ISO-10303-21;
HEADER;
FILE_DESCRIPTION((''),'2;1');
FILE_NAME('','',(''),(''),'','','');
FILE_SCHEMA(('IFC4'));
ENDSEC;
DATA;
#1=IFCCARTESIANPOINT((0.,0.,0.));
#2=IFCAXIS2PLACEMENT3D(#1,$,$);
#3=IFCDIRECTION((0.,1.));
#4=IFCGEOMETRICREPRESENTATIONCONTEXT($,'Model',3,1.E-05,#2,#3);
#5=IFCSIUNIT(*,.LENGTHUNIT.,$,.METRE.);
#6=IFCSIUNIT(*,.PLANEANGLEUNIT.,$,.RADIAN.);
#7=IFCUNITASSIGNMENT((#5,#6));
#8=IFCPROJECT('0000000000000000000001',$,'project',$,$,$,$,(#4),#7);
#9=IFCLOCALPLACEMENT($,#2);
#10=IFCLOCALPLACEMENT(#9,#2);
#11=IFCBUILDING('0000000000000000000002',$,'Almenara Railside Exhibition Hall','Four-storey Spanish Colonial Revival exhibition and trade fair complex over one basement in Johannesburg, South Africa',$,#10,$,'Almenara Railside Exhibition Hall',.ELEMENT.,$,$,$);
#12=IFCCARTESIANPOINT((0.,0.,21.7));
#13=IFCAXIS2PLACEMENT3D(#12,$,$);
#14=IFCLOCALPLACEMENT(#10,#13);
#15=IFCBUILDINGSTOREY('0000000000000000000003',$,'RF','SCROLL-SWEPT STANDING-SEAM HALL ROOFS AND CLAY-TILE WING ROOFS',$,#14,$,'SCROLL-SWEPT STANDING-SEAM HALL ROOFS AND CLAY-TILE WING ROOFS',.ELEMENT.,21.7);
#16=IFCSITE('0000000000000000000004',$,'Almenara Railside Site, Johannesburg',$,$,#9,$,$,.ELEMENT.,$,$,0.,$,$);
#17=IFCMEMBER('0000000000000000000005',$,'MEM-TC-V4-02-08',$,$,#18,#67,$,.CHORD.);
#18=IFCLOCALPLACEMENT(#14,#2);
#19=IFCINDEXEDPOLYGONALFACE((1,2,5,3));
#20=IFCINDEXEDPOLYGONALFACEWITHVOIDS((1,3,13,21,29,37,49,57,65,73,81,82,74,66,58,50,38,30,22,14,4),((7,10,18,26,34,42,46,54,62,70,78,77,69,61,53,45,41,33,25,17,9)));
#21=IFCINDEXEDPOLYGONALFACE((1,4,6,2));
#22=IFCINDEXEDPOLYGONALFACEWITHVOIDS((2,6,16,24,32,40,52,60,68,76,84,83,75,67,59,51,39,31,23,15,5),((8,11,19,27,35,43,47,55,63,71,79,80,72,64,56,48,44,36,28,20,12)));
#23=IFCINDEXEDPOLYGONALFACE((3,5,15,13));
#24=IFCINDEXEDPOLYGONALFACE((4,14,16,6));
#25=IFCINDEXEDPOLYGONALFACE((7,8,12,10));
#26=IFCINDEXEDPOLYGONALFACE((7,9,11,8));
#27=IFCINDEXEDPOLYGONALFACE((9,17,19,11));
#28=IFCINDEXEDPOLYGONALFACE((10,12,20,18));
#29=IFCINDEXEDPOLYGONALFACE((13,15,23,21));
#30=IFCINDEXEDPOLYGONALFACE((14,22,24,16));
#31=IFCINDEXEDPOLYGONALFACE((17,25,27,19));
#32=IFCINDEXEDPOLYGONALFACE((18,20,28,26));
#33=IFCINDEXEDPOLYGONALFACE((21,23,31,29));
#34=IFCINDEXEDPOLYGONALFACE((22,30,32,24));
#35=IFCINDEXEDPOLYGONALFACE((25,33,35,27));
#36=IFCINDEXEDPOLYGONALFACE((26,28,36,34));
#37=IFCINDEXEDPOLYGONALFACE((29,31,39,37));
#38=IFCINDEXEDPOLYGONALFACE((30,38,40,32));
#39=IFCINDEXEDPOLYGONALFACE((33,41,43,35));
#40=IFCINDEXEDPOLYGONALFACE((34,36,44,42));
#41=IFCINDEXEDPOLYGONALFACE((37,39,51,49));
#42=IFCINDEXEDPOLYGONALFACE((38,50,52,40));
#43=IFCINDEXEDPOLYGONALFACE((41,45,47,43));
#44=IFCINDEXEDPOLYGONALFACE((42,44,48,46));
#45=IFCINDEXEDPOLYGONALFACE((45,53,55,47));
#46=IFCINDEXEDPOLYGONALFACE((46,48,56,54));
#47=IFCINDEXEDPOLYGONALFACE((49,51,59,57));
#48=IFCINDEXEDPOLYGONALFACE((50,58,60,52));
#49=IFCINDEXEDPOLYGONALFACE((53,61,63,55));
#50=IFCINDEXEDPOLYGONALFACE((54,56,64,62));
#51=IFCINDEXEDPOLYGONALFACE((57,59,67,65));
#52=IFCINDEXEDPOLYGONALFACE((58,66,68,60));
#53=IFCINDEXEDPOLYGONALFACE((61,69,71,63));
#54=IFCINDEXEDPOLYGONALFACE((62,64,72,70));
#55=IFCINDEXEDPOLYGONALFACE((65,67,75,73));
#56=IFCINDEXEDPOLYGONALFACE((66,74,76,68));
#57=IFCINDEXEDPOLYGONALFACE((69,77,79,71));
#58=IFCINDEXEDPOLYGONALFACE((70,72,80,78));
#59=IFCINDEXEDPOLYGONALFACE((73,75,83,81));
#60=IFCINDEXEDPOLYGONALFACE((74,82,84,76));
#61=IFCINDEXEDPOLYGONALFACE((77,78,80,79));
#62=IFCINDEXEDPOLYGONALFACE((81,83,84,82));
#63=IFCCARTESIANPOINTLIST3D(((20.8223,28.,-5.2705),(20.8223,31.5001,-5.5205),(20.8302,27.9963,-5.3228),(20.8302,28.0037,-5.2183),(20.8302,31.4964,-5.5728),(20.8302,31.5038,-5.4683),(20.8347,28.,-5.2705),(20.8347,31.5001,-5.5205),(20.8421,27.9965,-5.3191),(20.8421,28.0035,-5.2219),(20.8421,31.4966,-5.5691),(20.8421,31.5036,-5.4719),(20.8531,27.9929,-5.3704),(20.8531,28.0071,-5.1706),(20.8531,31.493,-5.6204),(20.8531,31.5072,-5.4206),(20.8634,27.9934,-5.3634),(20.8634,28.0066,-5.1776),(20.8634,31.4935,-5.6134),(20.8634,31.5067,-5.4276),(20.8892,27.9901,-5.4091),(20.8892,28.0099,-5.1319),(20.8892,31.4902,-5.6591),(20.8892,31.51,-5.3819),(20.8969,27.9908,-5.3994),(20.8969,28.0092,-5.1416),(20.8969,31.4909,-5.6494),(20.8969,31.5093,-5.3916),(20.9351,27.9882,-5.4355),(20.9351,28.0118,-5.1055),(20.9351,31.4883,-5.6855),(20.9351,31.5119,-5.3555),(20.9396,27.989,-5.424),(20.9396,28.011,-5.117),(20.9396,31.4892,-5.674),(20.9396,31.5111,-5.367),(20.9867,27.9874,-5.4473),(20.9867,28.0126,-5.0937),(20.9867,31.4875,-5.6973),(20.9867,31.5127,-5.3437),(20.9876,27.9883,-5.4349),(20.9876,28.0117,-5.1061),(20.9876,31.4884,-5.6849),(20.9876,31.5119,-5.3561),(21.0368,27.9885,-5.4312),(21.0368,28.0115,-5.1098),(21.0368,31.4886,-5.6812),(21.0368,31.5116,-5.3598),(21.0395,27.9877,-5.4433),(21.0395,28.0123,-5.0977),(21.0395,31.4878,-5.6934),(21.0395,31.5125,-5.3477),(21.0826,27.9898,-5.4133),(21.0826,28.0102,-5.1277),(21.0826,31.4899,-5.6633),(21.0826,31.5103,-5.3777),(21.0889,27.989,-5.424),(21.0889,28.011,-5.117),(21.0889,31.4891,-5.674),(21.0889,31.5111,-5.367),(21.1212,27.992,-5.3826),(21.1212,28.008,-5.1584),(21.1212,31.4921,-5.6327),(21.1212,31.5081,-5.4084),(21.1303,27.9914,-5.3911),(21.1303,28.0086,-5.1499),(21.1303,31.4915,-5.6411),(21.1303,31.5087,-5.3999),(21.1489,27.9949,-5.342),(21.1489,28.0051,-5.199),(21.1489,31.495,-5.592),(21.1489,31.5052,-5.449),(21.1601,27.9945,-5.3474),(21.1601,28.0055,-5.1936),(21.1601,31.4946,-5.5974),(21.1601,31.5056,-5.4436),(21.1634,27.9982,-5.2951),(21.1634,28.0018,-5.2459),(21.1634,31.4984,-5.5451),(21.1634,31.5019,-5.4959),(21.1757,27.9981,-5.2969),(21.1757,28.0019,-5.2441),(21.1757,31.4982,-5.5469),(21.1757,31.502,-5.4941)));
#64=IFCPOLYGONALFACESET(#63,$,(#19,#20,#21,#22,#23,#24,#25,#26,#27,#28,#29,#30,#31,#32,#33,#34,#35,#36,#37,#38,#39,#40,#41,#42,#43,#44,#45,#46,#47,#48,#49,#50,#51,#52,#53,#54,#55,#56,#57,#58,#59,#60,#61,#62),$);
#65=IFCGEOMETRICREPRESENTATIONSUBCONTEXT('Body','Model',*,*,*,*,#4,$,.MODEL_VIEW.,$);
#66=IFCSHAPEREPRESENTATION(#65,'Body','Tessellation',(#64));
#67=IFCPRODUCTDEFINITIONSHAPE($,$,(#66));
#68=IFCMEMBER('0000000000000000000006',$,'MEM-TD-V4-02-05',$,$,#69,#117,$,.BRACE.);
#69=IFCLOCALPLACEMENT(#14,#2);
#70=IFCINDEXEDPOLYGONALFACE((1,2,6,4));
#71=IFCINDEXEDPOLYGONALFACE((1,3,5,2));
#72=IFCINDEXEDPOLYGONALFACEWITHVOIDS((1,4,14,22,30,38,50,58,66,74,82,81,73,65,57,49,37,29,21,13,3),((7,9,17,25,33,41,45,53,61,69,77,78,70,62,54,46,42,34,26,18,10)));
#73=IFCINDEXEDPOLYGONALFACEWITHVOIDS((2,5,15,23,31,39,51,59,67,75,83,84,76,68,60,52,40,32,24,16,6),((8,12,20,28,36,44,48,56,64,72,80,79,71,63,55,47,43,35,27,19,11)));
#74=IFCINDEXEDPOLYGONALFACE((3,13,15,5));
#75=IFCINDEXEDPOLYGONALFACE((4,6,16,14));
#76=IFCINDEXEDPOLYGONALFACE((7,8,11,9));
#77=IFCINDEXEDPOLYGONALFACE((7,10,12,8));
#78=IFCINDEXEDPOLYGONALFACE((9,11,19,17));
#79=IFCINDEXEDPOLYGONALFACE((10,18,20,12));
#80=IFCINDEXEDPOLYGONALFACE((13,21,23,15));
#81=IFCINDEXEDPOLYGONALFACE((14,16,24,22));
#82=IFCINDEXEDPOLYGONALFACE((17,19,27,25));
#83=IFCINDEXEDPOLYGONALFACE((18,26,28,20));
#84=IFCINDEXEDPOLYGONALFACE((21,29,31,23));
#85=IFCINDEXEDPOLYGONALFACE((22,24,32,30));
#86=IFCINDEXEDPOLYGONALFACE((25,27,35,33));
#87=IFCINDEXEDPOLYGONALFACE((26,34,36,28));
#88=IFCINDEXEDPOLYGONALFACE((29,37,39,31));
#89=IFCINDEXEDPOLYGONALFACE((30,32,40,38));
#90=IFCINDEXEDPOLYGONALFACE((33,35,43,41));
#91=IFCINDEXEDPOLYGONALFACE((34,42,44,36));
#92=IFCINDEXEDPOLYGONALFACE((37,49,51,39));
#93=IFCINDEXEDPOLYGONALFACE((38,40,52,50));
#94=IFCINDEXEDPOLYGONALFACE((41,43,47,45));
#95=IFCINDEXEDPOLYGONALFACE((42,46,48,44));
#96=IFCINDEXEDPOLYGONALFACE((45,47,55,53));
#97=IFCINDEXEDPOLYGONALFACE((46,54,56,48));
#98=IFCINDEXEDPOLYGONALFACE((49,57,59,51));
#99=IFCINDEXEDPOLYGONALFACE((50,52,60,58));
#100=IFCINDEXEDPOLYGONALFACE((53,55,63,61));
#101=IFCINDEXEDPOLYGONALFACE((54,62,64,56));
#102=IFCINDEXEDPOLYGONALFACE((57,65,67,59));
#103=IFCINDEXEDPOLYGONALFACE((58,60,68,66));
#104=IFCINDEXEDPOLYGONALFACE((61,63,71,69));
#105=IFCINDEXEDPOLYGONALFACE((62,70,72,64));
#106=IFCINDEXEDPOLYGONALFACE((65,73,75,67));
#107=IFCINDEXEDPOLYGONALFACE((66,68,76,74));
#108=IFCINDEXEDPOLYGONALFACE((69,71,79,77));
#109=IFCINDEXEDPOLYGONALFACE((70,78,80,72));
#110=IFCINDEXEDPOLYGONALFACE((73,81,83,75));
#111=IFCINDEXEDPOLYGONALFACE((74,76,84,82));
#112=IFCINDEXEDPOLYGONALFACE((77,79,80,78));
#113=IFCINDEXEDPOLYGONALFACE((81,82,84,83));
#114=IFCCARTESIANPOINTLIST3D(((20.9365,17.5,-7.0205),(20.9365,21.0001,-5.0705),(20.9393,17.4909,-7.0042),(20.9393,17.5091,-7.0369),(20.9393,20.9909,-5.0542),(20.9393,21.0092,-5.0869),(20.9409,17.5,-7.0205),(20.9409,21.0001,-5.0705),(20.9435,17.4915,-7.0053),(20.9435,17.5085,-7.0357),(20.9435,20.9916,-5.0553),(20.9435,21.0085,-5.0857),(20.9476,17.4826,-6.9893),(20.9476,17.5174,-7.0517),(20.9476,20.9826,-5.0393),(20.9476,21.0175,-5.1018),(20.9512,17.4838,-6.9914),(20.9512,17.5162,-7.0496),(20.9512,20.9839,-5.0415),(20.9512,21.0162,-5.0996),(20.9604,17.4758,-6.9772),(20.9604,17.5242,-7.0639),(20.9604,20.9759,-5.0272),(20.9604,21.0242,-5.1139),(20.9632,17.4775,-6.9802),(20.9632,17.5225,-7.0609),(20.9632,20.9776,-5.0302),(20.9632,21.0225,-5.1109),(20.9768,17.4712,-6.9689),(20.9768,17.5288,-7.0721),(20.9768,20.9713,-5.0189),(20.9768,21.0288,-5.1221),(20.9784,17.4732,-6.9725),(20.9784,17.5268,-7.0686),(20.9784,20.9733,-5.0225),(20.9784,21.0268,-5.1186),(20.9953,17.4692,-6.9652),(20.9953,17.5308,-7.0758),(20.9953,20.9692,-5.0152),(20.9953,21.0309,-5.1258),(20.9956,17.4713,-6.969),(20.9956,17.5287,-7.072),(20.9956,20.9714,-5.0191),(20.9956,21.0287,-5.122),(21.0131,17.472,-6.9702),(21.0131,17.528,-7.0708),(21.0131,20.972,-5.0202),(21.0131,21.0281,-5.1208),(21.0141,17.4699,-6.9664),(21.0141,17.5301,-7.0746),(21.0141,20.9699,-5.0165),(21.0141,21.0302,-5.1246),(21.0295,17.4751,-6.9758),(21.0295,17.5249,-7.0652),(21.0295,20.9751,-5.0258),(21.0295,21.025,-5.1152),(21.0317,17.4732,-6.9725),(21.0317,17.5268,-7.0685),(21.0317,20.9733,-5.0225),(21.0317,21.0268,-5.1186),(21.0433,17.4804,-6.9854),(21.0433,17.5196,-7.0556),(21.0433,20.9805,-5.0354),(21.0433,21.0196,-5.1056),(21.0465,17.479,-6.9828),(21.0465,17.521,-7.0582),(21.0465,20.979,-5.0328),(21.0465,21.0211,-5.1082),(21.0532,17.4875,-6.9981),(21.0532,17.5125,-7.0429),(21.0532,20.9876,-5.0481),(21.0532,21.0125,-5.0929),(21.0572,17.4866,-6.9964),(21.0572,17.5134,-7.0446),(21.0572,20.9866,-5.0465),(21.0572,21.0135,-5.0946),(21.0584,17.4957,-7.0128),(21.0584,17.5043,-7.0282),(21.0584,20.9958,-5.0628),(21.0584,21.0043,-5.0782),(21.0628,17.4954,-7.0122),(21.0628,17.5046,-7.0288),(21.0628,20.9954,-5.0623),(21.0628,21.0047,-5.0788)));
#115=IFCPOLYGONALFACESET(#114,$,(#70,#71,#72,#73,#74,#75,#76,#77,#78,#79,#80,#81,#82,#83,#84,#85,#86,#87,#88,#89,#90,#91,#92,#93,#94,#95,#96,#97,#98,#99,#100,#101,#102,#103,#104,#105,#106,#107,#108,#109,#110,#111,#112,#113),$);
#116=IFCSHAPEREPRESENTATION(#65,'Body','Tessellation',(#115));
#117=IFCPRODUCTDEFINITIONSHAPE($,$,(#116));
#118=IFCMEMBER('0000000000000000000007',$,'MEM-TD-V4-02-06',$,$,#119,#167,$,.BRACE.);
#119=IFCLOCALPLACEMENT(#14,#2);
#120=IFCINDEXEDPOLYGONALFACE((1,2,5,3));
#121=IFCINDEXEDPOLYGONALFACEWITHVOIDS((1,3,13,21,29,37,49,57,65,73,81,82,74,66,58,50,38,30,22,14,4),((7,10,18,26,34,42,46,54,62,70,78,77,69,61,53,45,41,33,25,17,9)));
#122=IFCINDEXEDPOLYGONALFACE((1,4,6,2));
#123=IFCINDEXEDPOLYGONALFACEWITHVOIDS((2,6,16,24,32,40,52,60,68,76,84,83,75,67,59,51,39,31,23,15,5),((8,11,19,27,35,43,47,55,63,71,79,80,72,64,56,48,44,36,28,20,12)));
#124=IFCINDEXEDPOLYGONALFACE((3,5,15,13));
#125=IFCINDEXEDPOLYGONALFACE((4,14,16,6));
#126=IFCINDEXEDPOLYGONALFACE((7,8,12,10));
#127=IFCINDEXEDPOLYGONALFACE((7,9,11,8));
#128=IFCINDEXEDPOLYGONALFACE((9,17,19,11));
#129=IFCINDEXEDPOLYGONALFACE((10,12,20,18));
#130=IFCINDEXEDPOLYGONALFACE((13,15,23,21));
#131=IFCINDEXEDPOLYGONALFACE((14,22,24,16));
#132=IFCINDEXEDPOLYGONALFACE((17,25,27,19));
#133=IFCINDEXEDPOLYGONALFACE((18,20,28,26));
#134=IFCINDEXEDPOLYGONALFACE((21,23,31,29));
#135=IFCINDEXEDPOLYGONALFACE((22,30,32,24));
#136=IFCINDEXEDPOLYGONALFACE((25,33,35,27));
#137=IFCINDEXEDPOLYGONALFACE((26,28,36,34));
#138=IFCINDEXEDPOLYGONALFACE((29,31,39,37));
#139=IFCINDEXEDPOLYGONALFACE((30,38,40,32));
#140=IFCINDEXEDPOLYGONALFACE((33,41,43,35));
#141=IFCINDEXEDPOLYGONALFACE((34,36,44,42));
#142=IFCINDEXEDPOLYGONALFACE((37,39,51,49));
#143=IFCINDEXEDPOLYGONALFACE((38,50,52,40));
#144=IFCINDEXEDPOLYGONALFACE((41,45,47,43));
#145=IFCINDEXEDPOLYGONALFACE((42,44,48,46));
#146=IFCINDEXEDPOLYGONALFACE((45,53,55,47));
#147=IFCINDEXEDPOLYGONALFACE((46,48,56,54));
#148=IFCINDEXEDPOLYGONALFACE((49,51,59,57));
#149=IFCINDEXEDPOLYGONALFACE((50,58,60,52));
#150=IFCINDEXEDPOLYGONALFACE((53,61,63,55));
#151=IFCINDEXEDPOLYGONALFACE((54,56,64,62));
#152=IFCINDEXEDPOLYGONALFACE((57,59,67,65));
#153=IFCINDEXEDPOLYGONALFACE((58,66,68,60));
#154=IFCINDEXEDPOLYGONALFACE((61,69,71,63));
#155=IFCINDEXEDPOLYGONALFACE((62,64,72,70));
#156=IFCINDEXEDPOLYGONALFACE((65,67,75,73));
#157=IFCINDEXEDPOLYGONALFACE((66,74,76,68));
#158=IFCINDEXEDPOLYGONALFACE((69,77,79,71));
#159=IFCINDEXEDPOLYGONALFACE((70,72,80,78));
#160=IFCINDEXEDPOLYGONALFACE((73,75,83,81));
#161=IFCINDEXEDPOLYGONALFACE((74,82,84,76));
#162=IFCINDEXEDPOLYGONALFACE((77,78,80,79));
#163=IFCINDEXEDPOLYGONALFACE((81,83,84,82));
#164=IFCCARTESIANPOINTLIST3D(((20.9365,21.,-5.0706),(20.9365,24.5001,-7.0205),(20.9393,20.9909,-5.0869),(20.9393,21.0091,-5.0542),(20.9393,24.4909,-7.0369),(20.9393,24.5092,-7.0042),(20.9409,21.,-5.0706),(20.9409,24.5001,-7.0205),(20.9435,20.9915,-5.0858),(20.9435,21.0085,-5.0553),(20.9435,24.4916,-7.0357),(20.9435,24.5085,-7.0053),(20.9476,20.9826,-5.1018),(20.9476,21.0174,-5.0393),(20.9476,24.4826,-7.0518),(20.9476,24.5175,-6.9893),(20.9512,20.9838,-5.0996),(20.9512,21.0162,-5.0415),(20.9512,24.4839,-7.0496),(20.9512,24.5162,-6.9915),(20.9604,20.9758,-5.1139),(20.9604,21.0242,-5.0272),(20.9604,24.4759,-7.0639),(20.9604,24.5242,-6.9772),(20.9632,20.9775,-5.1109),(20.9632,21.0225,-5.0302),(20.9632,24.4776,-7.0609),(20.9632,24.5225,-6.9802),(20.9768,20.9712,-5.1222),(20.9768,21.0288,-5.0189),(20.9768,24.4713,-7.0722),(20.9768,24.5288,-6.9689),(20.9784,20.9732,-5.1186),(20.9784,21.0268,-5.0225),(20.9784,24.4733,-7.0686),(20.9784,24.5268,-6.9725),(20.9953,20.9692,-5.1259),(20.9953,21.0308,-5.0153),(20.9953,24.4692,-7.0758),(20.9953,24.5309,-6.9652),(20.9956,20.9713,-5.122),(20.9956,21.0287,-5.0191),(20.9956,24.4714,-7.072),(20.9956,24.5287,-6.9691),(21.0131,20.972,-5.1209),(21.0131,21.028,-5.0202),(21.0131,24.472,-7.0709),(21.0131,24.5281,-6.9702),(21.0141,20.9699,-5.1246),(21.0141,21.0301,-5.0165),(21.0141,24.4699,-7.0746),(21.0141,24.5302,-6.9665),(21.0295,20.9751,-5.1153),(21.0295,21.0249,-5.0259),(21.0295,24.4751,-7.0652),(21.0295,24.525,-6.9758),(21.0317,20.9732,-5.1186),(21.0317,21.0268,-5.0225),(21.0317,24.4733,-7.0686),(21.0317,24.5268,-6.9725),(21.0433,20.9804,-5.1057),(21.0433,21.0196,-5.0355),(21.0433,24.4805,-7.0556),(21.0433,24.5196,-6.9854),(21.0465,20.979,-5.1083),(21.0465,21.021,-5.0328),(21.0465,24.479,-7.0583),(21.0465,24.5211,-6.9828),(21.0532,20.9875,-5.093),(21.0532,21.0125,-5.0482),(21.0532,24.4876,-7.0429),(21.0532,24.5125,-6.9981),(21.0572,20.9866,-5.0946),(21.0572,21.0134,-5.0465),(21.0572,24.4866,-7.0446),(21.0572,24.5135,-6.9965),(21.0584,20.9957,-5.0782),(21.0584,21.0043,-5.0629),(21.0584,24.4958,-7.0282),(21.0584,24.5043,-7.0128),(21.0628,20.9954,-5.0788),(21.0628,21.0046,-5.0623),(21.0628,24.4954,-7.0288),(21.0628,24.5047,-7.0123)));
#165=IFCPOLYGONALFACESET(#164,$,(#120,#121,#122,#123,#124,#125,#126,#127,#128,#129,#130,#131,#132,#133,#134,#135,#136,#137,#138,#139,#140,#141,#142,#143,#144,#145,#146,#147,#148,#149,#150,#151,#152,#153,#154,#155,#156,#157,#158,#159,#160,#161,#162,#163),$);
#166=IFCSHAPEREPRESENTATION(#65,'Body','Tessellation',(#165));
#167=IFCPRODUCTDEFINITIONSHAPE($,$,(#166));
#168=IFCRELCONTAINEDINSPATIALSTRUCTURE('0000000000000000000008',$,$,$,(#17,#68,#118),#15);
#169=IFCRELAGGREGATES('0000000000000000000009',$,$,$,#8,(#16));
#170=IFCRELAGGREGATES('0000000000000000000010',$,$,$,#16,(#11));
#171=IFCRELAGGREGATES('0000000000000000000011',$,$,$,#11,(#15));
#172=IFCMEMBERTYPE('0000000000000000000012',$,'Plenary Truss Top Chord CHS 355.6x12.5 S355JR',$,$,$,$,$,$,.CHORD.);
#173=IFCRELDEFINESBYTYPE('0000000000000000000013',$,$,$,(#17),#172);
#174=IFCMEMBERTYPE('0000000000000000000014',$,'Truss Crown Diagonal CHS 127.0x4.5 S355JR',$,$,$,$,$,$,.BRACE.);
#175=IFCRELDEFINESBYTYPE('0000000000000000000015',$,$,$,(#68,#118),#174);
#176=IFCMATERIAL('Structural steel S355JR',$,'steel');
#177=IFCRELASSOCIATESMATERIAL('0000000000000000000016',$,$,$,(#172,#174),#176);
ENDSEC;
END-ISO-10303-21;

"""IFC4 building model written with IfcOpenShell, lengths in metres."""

from ifc_helpers import new_model, si_unit, direction, frame, origin, origin_2d, place, context, subcontext, project, spatial, hollow_circle, extrude, material, material_profile, profile_set, type_object, element, save


model = new_model("IFC4")

# Units and contexts
model_context = context("Model", 3, precision=1e-05, world=origin(), true_north=direction((0.0, 1.0)))
body_context = subcontext(model_context, "Body", "Model", "MODEL_VIEW")
ifc_project = project(units=[si_unit("LENGTHUNIT", "METRE"), si_unit("PLANEANGLEUNIT", "RADIAN")], contexts=[model_context])

# Site, building, storey
site_placement = place(None, origin())
site = spatial("IfcSite", under=ifc_project, at=site_placement, Name="Almenara Railside Site, Johannesburg", CompositionType="ELEMENT", RefElevation=0.0)
building_placement = place(site_placement, origin())
building = spatial("IfcBuilding", under=site, at=building_placement, Name="Almenara Railside Exhibition Hall", Description="Four-storey Spanish Colonial Revival exhibition and trade fair complex over one basement in Johannesburg, South Africa", LongName="Almenara Railside Exhibition Hall", CompositionType="ELEMENT")
storey_placement = place(building_placement, frame((0.0, 0.0, 21.7)))
storey = spatial("IfcBuildingStorey", under=building, at=storey_placement, Name="RF", Description="SCROLL-SWEPT STANDING-SEAM HALL ROOFS AND CLAY-TILE WING ROOFS", LongName="SCROLL-SWEPT STANDING-SEAM HALL ROOFS AND CLAY-TILE WING ROOFS", CompositionType="ELEMENT", Elevation=21.7)

# Members
ifc_material_1 = material(Name="Structural steel S355JR", Category="steel")
ifc_material_profile_1 = material_profile(ifc_material_1, hollow_circle(Radius=0.1777, WallThickness=0.0125, at=origin_2d()), Name="CHS 355.6x12.5")
ifc_profile_set_1 = profile_set([ifc_material_profile_1], Name="Structural steel S355JR")
member_type_1 = type_object("IfcMemberType", Name="Plenary Truss Top Chord CHS 355.6x12.5 S355JR", PredefinedType="CHORD", material=ifc_profile_set_1)
member_1_placement = place(storey_placement, frame((21.0, 28.0, -5.2705), z_axis=(0.0, 0.997459, -0.071247), x_axis=(-1.0, 0.0, 0.0)))
element("IfcMember", 1, at=member_1_placement, inside=storey, type_object=member_type_1, Name="MEM-TC-V4-02-08", PredefinedType="CHORD", context=body_context, shape_type="SweptSolid", body=[
    extrude(hollow_circle(Radius=0.1777, WallThickness=0.0125, at=origin_2d()), origin(), (0.0, 0.0, 1.0), 3.509),
])
ifc_material_profile_2 = material_profile(ifc_material_1, hollow_circle(Radius=0.0635, WallThickness=0.0044, at=origin_2d()), Name="CHS 127.0x4.5")
ifc_profile_set_2 = profile_set([ifc_material_profile_2], Name="Structural steel S355JR")
member_type_2 = type_object("IfcMemberType", Name="Truss Crown Diagonal CHS 127.0x4.5 S355JR", PredefinedType="BRACE", material=ifc_profile_set_2)
for number, where, z_axis, x_axis, name in (
    (2, (21.0, 17.5, -7.0205), (0.0, 0.873573, 0.486693), (-1.0, 0.0, 0.0), "MEM-TD-V4-02-05"),
    (3, (21.0, 21.0, -5.0706), (0.0, 0.873573, -0.486693), (-1.0, 0.0, 0.0), "MEM-TD-V4-02-06"),
):
    element("IfcMember", number, at=place(storey_placement, frame(where, z_axis=z_axis, x_axis=x_axis)), inside=storey, type_object=member_type_2, Name=name, PredefinedType="BRACE", context=body_context, shape_type="SweptSolid", body=[
        extrude(hollow_circle(Radius=0.0635, WallThickness=0.0044, at=origin_2d()), origin(), (0.0, 0.0, 1.0), 4.0066),
    ])

save(model, "model.ifc")
